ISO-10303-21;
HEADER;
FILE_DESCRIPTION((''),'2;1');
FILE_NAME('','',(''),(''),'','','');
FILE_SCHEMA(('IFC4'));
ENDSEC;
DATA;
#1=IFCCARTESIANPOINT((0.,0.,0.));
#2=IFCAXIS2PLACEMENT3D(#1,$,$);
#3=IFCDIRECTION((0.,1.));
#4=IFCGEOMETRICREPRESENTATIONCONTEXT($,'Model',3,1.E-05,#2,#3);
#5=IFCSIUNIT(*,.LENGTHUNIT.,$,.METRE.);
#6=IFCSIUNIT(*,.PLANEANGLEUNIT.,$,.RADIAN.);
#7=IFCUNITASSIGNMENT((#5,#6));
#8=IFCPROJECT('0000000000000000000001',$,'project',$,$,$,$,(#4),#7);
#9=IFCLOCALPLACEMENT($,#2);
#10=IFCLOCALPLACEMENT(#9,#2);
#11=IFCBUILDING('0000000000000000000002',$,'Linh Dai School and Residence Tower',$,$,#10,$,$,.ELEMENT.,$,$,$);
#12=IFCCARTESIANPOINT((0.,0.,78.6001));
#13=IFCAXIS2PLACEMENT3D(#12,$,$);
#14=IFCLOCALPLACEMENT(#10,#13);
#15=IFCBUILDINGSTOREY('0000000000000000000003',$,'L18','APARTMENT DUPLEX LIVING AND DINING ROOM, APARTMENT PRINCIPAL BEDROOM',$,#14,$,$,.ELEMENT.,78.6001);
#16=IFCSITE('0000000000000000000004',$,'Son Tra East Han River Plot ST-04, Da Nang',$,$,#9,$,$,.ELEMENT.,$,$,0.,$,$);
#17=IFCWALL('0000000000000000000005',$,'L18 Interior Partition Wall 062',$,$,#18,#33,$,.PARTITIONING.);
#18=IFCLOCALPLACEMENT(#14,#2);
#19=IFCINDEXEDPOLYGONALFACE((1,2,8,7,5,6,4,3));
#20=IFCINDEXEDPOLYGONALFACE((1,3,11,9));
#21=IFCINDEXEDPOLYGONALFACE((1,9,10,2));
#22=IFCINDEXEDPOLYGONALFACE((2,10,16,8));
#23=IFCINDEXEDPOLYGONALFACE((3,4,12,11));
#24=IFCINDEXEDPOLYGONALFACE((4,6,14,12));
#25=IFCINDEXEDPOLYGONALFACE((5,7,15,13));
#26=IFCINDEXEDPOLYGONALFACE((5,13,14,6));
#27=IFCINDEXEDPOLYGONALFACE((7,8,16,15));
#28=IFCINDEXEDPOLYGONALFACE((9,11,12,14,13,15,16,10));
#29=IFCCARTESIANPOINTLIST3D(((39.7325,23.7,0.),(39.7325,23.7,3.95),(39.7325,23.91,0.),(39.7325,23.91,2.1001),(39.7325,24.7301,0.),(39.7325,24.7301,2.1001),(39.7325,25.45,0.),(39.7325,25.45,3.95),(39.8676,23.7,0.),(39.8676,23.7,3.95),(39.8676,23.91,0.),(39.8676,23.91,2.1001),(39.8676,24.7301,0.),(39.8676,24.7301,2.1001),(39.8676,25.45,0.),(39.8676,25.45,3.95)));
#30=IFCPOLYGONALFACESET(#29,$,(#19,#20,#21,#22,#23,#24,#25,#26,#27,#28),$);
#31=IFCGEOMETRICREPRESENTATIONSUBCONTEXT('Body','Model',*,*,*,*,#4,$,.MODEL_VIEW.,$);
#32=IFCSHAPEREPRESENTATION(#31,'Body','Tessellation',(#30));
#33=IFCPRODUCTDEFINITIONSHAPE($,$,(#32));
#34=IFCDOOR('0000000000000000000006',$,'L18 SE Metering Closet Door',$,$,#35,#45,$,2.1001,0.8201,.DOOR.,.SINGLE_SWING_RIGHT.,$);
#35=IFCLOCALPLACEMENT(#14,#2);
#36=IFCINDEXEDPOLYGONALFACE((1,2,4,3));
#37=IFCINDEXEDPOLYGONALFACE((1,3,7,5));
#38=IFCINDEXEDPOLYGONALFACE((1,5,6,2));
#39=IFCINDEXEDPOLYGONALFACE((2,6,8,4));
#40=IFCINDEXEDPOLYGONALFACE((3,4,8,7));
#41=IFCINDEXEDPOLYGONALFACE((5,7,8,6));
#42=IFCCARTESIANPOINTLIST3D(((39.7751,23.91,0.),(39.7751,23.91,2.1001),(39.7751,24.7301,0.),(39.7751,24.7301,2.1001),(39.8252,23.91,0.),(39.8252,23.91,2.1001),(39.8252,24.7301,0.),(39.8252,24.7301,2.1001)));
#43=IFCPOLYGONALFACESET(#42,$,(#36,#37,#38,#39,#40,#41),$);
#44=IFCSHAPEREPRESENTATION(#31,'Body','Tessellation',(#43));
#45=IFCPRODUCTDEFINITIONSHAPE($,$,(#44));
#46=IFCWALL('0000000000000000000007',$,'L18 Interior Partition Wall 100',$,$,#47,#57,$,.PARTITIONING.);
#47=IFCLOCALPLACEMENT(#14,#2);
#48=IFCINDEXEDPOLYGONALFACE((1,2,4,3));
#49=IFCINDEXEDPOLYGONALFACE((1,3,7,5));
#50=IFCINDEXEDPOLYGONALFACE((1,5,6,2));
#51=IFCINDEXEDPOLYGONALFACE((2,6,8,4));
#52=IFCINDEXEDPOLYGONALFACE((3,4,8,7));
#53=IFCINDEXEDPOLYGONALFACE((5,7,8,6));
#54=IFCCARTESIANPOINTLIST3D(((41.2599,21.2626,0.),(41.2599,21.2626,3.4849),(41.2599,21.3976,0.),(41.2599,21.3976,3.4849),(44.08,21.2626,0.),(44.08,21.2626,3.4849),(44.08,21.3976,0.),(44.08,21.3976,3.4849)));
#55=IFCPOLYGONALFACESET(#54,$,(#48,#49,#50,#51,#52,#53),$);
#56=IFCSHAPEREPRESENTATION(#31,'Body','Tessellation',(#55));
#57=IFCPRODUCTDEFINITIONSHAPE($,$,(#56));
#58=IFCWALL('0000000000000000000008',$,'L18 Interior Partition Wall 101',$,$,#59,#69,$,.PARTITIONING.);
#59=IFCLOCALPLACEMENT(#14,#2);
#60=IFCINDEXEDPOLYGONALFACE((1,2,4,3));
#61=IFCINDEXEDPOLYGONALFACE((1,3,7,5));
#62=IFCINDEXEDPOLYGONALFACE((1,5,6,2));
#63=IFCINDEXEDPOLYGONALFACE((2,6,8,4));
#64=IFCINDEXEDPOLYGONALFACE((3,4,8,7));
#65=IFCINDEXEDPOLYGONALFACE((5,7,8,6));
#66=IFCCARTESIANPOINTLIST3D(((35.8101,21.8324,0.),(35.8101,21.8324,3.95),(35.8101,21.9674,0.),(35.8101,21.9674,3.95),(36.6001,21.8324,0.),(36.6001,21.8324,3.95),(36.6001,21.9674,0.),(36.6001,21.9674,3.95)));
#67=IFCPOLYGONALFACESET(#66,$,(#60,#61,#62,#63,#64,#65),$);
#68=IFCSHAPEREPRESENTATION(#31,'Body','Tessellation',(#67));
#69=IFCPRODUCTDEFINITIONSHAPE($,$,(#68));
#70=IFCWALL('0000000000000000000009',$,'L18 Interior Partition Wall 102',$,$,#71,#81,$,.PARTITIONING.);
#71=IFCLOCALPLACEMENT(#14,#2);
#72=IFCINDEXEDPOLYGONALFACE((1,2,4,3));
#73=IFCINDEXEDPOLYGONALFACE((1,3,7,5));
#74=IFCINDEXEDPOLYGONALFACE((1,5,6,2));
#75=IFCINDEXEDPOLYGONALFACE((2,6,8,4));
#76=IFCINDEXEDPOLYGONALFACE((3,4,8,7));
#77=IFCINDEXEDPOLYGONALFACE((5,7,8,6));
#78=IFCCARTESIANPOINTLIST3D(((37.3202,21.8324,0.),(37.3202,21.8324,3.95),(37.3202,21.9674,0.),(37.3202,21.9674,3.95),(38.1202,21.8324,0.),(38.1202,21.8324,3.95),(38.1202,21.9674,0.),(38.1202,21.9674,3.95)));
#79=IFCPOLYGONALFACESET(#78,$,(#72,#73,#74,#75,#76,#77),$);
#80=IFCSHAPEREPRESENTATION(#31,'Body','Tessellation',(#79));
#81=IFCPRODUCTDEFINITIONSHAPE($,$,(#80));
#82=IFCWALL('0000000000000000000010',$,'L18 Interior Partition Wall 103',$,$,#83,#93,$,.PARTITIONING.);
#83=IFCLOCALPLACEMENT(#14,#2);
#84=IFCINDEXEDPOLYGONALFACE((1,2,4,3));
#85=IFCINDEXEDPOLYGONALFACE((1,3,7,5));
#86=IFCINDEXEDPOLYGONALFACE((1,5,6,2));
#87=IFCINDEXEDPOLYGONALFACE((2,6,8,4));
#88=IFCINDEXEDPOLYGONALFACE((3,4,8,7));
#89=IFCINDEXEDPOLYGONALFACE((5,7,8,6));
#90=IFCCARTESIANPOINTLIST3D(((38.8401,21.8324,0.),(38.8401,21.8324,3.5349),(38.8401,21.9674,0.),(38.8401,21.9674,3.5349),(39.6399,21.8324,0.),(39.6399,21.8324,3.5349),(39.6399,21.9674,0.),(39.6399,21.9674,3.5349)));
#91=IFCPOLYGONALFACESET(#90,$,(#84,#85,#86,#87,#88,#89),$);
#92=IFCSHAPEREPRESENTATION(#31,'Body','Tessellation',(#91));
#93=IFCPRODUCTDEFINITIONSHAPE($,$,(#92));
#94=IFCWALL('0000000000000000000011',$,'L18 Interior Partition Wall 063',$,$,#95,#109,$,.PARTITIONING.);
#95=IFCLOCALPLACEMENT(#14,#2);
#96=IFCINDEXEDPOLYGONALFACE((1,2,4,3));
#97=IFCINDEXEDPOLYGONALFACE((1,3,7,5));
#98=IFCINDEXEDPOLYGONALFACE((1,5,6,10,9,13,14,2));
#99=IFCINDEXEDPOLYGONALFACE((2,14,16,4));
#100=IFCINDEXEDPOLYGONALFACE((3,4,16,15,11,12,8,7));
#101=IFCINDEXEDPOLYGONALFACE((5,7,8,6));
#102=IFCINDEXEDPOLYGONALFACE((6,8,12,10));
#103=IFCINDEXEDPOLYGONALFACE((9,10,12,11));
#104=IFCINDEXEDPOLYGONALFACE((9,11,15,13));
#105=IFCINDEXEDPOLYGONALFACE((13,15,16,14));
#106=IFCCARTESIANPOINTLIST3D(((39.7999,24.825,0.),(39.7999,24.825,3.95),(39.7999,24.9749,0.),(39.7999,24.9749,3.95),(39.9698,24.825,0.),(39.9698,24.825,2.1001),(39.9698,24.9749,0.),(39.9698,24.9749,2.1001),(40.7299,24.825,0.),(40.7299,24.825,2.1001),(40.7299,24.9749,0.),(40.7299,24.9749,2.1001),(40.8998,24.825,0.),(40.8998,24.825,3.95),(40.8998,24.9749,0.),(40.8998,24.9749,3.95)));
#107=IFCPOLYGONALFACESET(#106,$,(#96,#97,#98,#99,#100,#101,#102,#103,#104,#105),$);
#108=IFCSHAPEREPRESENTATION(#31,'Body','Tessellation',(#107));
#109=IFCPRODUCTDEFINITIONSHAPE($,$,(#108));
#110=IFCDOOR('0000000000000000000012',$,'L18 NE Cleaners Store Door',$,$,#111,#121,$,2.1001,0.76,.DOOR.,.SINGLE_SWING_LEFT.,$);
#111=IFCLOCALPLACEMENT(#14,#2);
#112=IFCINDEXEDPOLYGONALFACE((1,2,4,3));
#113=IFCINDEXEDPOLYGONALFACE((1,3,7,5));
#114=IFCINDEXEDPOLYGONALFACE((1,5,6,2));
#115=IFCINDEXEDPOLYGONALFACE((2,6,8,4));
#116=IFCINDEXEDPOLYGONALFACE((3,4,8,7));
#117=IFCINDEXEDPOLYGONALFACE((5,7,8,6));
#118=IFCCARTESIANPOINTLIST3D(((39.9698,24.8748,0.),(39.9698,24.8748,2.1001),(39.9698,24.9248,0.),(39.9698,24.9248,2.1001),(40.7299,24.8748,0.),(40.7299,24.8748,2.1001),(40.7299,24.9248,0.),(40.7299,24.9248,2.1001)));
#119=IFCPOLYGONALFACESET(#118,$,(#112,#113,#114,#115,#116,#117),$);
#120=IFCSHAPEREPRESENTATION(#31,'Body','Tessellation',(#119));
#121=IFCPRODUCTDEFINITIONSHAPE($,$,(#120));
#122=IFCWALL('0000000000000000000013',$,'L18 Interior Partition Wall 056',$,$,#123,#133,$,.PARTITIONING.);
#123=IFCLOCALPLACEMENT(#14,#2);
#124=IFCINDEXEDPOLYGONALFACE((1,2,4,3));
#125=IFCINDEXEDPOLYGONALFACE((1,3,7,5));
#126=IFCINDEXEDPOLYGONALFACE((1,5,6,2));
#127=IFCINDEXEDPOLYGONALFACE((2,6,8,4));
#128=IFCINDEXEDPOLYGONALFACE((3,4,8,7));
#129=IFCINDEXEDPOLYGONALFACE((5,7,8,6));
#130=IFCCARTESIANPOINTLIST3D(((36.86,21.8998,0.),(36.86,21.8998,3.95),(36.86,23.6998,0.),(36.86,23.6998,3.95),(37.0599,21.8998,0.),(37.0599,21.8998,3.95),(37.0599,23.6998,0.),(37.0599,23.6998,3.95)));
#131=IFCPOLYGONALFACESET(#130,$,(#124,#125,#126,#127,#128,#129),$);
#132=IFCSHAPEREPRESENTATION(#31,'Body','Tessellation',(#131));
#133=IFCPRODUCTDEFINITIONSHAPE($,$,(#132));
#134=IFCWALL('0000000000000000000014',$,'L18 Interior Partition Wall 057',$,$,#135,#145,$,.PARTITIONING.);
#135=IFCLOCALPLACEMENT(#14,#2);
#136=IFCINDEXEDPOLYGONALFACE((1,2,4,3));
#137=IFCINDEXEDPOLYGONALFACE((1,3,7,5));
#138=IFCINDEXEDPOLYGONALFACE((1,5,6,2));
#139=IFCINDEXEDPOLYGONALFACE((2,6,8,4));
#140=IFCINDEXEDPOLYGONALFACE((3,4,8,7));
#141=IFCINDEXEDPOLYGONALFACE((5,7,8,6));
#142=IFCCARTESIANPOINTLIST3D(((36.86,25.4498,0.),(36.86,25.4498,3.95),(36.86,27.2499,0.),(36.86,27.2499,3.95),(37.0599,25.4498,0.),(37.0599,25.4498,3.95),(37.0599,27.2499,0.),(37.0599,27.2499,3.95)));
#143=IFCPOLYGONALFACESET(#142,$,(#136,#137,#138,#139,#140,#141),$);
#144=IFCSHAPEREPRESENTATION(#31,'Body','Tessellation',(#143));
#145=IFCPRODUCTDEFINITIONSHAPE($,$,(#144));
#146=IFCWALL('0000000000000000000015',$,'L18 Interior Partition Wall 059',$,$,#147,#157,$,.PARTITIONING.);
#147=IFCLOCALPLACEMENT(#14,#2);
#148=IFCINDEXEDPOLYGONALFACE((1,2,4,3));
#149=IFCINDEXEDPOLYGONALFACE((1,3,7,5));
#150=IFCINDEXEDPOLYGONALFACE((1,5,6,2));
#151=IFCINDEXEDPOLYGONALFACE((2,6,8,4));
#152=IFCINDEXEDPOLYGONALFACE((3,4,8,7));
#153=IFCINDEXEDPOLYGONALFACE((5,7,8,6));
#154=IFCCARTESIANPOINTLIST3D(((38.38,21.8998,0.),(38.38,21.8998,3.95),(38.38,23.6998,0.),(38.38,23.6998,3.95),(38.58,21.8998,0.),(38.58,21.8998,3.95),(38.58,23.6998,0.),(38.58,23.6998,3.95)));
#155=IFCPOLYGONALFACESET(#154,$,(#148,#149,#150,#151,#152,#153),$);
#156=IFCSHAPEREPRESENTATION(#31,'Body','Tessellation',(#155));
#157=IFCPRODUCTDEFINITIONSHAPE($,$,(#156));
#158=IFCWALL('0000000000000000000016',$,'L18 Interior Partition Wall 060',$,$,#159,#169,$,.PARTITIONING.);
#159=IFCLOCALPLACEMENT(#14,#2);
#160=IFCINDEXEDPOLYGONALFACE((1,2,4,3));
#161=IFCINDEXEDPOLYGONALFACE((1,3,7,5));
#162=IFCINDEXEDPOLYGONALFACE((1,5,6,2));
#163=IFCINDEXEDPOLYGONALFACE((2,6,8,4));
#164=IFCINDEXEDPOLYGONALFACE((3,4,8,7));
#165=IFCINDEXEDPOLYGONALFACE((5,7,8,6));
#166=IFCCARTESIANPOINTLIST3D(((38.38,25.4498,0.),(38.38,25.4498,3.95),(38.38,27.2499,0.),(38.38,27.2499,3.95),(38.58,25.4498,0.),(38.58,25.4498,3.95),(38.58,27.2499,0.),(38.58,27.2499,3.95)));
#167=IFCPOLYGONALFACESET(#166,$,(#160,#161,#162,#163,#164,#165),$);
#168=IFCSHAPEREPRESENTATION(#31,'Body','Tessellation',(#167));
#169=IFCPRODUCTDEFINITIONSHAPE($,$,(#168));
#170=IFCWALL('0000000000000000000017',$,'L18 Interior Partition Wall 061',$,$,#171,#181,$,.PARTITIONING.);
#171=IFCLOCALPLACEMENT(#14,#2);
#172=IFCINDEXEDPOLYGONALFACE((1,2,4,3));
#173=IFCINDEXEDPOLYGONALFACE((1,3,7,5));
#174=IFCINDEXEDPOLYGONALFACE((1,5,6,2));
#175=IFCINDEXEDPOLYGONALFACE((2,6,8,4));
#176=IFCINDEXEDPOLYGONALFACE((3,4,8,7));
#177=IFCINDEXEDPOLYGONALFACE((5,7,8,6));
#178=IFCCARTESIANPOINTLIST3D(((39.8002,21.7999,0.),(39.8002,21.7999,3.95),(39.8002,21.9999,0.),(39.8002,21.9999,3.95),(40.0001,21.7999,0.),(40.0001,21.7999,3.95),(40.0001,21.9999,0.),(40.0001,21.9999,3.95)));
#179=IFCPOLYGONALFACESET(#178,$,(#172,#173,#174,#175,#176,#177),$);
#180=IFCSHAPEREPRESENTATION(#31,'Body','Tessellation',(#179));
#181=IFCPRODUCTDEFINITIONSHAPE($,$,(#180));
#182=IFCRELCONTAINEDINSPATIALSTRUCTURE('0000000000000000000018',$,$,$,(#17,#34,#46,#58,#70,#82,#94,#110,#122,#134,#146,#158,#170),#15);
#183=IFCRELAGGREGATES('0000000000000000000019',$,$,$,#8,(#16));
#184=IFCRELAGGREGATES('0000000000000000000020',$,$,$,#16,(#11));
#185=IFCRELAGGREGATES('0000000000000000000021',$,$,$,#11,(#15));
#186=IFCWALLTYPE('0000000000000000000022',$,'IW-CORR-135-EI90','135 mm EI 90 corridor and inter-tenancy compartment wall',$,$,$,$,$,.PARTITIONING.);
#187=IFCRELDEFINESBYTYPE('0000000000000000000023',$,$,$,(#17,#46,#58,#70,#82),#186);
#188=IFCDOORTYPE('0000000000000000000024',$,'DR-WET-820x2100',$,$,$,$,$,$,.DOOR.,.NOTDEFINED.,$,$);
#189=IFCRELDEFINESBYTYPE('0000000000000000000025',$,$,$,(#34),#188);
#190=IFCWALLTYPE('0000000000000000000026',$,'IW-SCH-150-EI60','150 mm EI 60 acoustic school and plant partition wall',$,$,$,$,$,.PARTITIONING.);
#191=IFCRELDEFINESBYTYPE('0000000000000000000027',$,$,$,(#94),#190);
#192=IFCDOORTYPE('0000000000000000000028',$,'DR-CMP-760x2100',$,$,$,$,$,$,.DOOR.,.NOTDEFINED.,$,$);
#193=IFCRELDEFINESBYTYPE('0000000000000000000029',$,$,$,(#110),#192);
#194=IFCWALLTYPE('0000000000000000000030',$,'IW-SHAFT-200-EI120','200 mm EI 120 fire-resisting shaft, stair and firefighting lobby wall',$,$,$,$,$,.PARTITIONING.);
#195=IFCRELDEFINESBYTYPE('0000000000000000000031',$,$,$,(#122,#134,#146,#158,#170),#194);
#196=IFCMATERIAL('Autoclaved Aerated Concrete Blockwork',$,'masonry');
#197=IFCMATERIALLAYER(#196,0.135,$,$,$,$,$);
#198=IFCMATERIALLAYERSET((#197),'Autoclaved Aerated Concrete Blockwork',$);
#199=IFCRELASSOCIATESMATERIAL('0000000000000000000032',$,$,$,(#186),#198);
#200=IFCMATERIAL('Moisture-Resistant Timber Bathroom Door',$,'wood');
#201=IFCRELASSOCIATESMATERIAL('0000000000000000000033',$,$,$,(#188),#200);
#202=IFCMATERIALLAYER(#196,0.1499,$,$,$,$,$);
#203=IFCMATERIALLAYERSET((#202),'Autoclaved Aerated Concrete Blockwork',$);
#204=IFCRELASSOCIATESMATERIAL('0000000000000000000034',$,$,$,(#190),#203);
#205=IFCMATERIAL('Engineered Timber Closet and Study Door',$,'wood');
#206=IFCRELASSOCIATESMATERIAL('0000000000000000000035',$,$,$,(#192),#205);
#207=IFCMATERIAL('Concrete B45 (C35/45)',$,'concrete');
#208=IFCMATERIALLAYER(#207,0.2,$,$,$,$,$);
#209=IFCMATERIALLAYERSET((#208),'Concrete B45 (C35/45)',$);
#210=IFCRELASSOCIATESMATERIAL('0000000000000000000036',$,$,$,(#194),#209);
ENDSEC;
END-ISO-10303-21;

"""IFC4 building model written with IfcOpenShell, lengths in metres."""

from ifc_helpers import new_model, si_unit, direction, frame, frame_2d, origin, origin_2d, place, context, subcontext, project, spatial, rectangle, extrude, source, transform, mapped, material, layer, layer_set, type_object, element, fill, save


model = new_model("IFC4")

# Units and contexts
model_context = context("Model", 3, precision=1e-05, world=origin(), true_north=direction((0.0, 1.0)))
body_context = subcontext(model_context, "Body", "Model", "MODEL_VIEW")
ifc_project = project(units=[si_unit("LENGTHUNIT", "METRE"), si_unit("PLANEANGLEUNIT", "RADIAN")], contexts=[model_context])

# Site, building, storey
site_placement = place(None, origin())
site = spatial("IfcSite", under=ifc_project, at=site_placement, Name="Son Tra East Han River Plot ST-04, Da Nang", CompositionType="ELEMENT", RefElevation=0.0)
building_placement = place(site_placement, origin())
building = spatial("IfcBuilding", under=site, at=building_placement, Name="Linh Dai School and Residence Tower", CompositionType="ELEMENT")
storey_placement = place(building_placement, frame((0.0, 0.0, 78.6001)))
storey = spatial("IfcBuildingStorey", under=building, at=storey_placement, Name="L18", Description="APARTMENT DUPLEX LIVING AND DINING ROOM, APARTMENT PRINCIPAL BEDROOM", CompositionType="ELEMENT", Elevation=78.6001)

# Wall, opening, door
ifc_material_1 = material(Name="Autoclaved Aerated Concrete Blockwork", Category="masonry")
ifc_layer_1 = layer(ifc_material_1, 0.135)
ifc_layer_set_1 = layer_set([ifc_layer_1], Name="Autoclaved Aerated Concrete Blockwork")
wall_type_1 = type_object("IfcWallType", Name="IW-CORR-135-EI90", Description="135 mm EI 90 corridor and inter-tenancy compartment wall", PredefinedType="PARTITIONING", material=ifc_layer_set_1)
wall_1_placement = place(storey_placement, frame((39.8, 23.7, 0.0), z_axis=(0.0, 0.0, 1.0), x_axis=(0.0, 1.0, 0.0)))
wall_1 = element("IfcWall", 1, at=wall_1_placement, inside=storey, type_object=wall_type_1, Name="L18 Interior Partition Wall 062", PredefinedType="PARTITIONING", context=body_context, shape_type="SweptSolid", body=[
    extrude(rectangle(XDim=1.75, YDim=0.135, at=frame_2d((0.875, 0.0))), origin(), (0.0, 0.0, 1.0), 3.95),
])
opening_1_placement = place(wall_1_placement, frame((0.21, 0.0, 0.0)))
opening_1 = element("IfcOpeningElement", 2, at=opening_1_placement, cuts=wall_1, PredefinedType="OPENING", context=body_context, shape_type="SweptSolid", body=[
    extrude(rectangle(XDim=0.8201, YDim=2.1001, at=origin_2d()), frame((0.4102, 0.0776, 1.05), z_axis=(0.0, -1.0, 0.0), x_axis=(1.0, 0.0, 0.0)), (0.0, 0.0, 1.0), 0.155),
])
ifc_material_2 = material(Name="Moisture-Resistant Timber Bathroom Door", Category="wood")
door_type_1 = type_object("IfcDoorType", Name="DR-WET-820x2100", OperationType="NOTDEFINED", PredefinedType="DOOR", material=ifc_material_2)
shared_shape_1 = source(origin(), body_context, "Body", "SweptSolid", [
    extrude(rectangle(XDim=0.8201, YDim=2.1001, at=origin_2d()), frame((0.4102, 0.0249, 1.05), z_axis=(0.0, -1.0, 0.0), x_axis=(1.0, 0.0, 0.0)), (0.0, 0.0, 1.0), 0.05),
])
door_1_placement = place(opening_1_placement, origin())
door_1 = element("IfcDoor", 3, at=door_1_placement, inside=storey, type_object=door_type_1, Name="L18 SE Metering Closet Door", OperationType="SINGLE_SWING_RIGHT", OverallHeight=2.1001, OverallWidth=0.8201, PredefinedType="DOOR", context=body_context, shape_type="MappedRepresentation", body=[
    mapped(shared_shape_1, transform((0.0, 0.0, 0.0), x_axis=(1.0, 0.0, 0.0), y_axis=(0.0, 1.0, 0.0), z_axis=(0.0, 0.0, 1.0), scale=1.0)),
])
fill(opening_1, door_1)

# Walls
wall_2_placement = place(storey_placement, frame((44.0801, 21.3301, 0.0), z_axis=(0.0, 0.0, 1.0), x_axis=(-1.0, 0.0, 0.0)))
element("IfcWall", 4, at=wall_2_placement, inside=storey, type_object=wall_type_1, Name="L18 Interior Partition Wall 100", PredefinedType="PARTITIONING", context=body_context, shape_type="SweptSolid", body=[
    extrude(rectangle(XDim=2.8201, YDim=0.135, at=frame_2d((1.4102, 0.0))), origin(), (0.0, 0.0, 1.0), 3.4849),
])
wall_3_placement = place(storey_placement, frame((36.6001, 21.8999, 0.0), z_axis=(0.0, 0.0, 1.0), x_axis=(-1.0, 0.0, 0.0)))
element("IfcWall", 5, at=wall_3_placement, inside=storey, type_object=wall_type_1, Name="L18 Interior Partition Wall 101", PredefinedType="PARTITIONING", context=body_context, shape_type="SweptSolid", body=[
    extrude(rectangle(XDim=0.79, YDim=0.135, at=frame_2d((0.395, 0.0))), origin(), (0.0, 0.0, 1.0), 3.95),
])
wall_4_placement = place(storey_placement, frame((38.1201, 21.8999, 0.0), z_axis=(0.0, 0.0, 1.0), x_axis=(-1.0, 0.0, 0.0)))
element("IfcWall", 6, at=wall_4_placement, inside=storey, type_object=wall_type_1, Name="L18 Interior Partition Wall 102", PredefinedType="PARTITIONING", context=body_context, shape_type="SweptSolid", body=[
    extrude(rectangle(XDim=0.8, YDim=0.135, at=frame_2d((0.3999, 0.0))), origin(), (0.0, 0.0, 1.0), 3.95),
])
wall_5_placement = place(storey_placement, frame((39.6399, 21.8999, 0.0), z_axis=(0.0, 0.0, 1.0), x_axis=(-1.0, 0.0, 0.0)))
element("IfcWall", 7, at=wall_5_placement, inside=storey, type_object=wall_type_1, Name="L18 Interior Partition Wall 103", PredefinedType="PARTITIONING", context=body_context, shape_type="SweptSolid", body=[
    extrude(rectangle(XDim=0.7998, YDim=0.135, at=frame_2d((0.3999, 0.0))), origin(), (0.0, 0.0, 1.0), 3.5349),
])

# Wall, opening, door
ifc_layer_2 = layer(ifc_material_1, 0.1499)
ifc_layer_set_2 = layer_set([ifc_layer_2], Name="Autoclaved Aerated Concrete Blockwork")
wall_type_2 = type_object("IfcWallType", Name="IW-SCH-150-EI60", Description="150 mm EI 60 acoustic school and plant partition wall", PredefinedType="PARTITIONING", material=ifc_layer_set_2)
wall_6_placement = place(storey_placement, frame((39.8, 24.8999, 0.0), z_axis=(0.0, 0.0, 1.0), x_axis=(1.0, 0.0, 0.0)))
wall_6 = element("IfcWall", 8, at=wall_6_placement, inside=storey, type_object=wall_type_2, Name="L18 Interior Partition Wall 063", PredefinedType="PARTITIONING", context=body_context, shape_type="SweptSolid", body=[
    extrude(rectangle(XDim=1.0999, YDim=0.1499, at=frame_2d((0.5498, 0.0))), origin(), (0.0, 0.0, 1.0), 3.95),
])
opening_2_placement = place(wall_6_placement, frame((0.1699, 0.0, 0.0)))
opening_2 = element("IfcOpeningElement", 9, at=opening_2_placement, cuts=wall_6, PredefinedType="OPENING", context=body_context, shape_type="SweptSolid", body=[
    extrude(rectangle(XDim=0.76, YDim=2.1001, at=origin_2d()), frame((0.3799, 0.085, 1.05), z_axis=(0.0, -1.0, 0.0), x_axis=(1.0, 0.0, 0.0)), (0.0, 0.0, 1.0), 0.1699),
])
ifc_material_3 = material(Name="Engineered Timber Closet and Study Door", Category="wood")
door_type_2 = type_object("IfcDoorType", Name="DR-CMP-760x2100", OperationType="NOTDEFINED", PredefinedType="DOOR", material=ifc_material_3)
shared_shape_2 = source(origin(), body_context, "Body", "SweptSolid", [
    extrude(rectangle(XDim=0.76, YDim=2.1001, at=origin_2d()), frame((0.3799, 0.0249, 1.05), z_axis=(0.0, -1.0, 0.0), x_axis=(1.0, 0.0, 0.0)), (0.0, 0.0, 1.0), 0.05),
])
door_2_placement = place(opening_2_placement, origin())
door_2 = element("IfcDoor", 10, at=door_2_placement, inside=storey, type_object=door_type_2, Name="L18 NE Cleaners Store Door", OperationType="SINGLE_SWING_LEFT", OverallHeight=2.1001, OverallWidth=0.76, PredefinedType="DOOR", context=body_context, shape_type="MappedRepresentation", body=[
    mapped(shared_shape_2, transform((0.0, 0.0, 0.0), x_axis=(1.0, 0.0, 0.0), y_axis=(0.0, 1.0, 0.0), z_axis=(0.0, 0.0, 1.0), scale=1.0)),
])
fill(opening_2, door_2)

# Walls
ifc_material_4 = material(Name="Concrete B45 (C35/45)", Category="concrete")
ifc_layer_3 = layer(ifc_material_4, 0.2)
ifc_layer_set_3 = layer_set([ifc_layer_3], Name="Concrete B45 (C35/45)")
wall_type_3 = type_object("IfcWallType", Name="IW-SHAFT-200-EI120", Description="200 mm EI 120 fire-resisting shaft, stair and firefighting lobby wall", PredefinedType="PARTITIONING", material=ifc_layer_set_3)
for number, where, z_axis, x_axis, name in (
    (11, (36.96, 21.8999, 0.0), (0.0, 0.0, 1.0), (0.0, 1.0, 0.0), "L18 Interior Partition Wall 056"),
    (12, (36.96, 25.45, 0.0), (0.0, 0.0, 1.0), (0.0, 1.0, 0.0), "L18 Interior Partition Wall 057"),
    (13, (38.48, 21.8999, 0.0), (0.0, 0.0, 1.0), (0.0, 1.0, 0.0), "L18 Interior Partition Wall 059"),
    (14, (38.48, 25.45, 0.0), (0.0, 0.0, 1.0), (0.0, 1.0, 0.0), "L18 Interior Partition Wall 060"),
):
    element("IfcWall", number, at=place(storey_placement, frame(where, z_axis=z_axis, x_axis=x_axis)), inside=storey, type_object=wall_type_3, Name=name, PredefinedType="PARTITIONING", context=body_context, shape_type="SweptSolid", body=[
        extrude(rectangle(XDim=1.8, YDim=0.2, at=frame_2d((0.8999, 0.0))), origin(), (0.0, 0.0, 1.0), 3.95),
    ])
wall_7_placement = place(storey_placement, frame((39.8, 21.8999, 0.0), z_axis=(0.0, 0.0, 1.0), x_axis=(1.0, 0.0, 0.0)))
element("IfcWall", 15, at=wall_7_placement, inside=storey, type_object=wall_type_3, Name="L18 Interior Partition Wall 061", PredefinedType="PARTITIONING", context=body_context, shape_type="SweptSolid", body=[
    extrude(rectangle(XDim=0.2, YDim=0.2, at=frame_2d((0.1001, 0.0))), origin(), (0.0, 0.0, 1.0), 3.95),
])

save(model, "model.ifc")
